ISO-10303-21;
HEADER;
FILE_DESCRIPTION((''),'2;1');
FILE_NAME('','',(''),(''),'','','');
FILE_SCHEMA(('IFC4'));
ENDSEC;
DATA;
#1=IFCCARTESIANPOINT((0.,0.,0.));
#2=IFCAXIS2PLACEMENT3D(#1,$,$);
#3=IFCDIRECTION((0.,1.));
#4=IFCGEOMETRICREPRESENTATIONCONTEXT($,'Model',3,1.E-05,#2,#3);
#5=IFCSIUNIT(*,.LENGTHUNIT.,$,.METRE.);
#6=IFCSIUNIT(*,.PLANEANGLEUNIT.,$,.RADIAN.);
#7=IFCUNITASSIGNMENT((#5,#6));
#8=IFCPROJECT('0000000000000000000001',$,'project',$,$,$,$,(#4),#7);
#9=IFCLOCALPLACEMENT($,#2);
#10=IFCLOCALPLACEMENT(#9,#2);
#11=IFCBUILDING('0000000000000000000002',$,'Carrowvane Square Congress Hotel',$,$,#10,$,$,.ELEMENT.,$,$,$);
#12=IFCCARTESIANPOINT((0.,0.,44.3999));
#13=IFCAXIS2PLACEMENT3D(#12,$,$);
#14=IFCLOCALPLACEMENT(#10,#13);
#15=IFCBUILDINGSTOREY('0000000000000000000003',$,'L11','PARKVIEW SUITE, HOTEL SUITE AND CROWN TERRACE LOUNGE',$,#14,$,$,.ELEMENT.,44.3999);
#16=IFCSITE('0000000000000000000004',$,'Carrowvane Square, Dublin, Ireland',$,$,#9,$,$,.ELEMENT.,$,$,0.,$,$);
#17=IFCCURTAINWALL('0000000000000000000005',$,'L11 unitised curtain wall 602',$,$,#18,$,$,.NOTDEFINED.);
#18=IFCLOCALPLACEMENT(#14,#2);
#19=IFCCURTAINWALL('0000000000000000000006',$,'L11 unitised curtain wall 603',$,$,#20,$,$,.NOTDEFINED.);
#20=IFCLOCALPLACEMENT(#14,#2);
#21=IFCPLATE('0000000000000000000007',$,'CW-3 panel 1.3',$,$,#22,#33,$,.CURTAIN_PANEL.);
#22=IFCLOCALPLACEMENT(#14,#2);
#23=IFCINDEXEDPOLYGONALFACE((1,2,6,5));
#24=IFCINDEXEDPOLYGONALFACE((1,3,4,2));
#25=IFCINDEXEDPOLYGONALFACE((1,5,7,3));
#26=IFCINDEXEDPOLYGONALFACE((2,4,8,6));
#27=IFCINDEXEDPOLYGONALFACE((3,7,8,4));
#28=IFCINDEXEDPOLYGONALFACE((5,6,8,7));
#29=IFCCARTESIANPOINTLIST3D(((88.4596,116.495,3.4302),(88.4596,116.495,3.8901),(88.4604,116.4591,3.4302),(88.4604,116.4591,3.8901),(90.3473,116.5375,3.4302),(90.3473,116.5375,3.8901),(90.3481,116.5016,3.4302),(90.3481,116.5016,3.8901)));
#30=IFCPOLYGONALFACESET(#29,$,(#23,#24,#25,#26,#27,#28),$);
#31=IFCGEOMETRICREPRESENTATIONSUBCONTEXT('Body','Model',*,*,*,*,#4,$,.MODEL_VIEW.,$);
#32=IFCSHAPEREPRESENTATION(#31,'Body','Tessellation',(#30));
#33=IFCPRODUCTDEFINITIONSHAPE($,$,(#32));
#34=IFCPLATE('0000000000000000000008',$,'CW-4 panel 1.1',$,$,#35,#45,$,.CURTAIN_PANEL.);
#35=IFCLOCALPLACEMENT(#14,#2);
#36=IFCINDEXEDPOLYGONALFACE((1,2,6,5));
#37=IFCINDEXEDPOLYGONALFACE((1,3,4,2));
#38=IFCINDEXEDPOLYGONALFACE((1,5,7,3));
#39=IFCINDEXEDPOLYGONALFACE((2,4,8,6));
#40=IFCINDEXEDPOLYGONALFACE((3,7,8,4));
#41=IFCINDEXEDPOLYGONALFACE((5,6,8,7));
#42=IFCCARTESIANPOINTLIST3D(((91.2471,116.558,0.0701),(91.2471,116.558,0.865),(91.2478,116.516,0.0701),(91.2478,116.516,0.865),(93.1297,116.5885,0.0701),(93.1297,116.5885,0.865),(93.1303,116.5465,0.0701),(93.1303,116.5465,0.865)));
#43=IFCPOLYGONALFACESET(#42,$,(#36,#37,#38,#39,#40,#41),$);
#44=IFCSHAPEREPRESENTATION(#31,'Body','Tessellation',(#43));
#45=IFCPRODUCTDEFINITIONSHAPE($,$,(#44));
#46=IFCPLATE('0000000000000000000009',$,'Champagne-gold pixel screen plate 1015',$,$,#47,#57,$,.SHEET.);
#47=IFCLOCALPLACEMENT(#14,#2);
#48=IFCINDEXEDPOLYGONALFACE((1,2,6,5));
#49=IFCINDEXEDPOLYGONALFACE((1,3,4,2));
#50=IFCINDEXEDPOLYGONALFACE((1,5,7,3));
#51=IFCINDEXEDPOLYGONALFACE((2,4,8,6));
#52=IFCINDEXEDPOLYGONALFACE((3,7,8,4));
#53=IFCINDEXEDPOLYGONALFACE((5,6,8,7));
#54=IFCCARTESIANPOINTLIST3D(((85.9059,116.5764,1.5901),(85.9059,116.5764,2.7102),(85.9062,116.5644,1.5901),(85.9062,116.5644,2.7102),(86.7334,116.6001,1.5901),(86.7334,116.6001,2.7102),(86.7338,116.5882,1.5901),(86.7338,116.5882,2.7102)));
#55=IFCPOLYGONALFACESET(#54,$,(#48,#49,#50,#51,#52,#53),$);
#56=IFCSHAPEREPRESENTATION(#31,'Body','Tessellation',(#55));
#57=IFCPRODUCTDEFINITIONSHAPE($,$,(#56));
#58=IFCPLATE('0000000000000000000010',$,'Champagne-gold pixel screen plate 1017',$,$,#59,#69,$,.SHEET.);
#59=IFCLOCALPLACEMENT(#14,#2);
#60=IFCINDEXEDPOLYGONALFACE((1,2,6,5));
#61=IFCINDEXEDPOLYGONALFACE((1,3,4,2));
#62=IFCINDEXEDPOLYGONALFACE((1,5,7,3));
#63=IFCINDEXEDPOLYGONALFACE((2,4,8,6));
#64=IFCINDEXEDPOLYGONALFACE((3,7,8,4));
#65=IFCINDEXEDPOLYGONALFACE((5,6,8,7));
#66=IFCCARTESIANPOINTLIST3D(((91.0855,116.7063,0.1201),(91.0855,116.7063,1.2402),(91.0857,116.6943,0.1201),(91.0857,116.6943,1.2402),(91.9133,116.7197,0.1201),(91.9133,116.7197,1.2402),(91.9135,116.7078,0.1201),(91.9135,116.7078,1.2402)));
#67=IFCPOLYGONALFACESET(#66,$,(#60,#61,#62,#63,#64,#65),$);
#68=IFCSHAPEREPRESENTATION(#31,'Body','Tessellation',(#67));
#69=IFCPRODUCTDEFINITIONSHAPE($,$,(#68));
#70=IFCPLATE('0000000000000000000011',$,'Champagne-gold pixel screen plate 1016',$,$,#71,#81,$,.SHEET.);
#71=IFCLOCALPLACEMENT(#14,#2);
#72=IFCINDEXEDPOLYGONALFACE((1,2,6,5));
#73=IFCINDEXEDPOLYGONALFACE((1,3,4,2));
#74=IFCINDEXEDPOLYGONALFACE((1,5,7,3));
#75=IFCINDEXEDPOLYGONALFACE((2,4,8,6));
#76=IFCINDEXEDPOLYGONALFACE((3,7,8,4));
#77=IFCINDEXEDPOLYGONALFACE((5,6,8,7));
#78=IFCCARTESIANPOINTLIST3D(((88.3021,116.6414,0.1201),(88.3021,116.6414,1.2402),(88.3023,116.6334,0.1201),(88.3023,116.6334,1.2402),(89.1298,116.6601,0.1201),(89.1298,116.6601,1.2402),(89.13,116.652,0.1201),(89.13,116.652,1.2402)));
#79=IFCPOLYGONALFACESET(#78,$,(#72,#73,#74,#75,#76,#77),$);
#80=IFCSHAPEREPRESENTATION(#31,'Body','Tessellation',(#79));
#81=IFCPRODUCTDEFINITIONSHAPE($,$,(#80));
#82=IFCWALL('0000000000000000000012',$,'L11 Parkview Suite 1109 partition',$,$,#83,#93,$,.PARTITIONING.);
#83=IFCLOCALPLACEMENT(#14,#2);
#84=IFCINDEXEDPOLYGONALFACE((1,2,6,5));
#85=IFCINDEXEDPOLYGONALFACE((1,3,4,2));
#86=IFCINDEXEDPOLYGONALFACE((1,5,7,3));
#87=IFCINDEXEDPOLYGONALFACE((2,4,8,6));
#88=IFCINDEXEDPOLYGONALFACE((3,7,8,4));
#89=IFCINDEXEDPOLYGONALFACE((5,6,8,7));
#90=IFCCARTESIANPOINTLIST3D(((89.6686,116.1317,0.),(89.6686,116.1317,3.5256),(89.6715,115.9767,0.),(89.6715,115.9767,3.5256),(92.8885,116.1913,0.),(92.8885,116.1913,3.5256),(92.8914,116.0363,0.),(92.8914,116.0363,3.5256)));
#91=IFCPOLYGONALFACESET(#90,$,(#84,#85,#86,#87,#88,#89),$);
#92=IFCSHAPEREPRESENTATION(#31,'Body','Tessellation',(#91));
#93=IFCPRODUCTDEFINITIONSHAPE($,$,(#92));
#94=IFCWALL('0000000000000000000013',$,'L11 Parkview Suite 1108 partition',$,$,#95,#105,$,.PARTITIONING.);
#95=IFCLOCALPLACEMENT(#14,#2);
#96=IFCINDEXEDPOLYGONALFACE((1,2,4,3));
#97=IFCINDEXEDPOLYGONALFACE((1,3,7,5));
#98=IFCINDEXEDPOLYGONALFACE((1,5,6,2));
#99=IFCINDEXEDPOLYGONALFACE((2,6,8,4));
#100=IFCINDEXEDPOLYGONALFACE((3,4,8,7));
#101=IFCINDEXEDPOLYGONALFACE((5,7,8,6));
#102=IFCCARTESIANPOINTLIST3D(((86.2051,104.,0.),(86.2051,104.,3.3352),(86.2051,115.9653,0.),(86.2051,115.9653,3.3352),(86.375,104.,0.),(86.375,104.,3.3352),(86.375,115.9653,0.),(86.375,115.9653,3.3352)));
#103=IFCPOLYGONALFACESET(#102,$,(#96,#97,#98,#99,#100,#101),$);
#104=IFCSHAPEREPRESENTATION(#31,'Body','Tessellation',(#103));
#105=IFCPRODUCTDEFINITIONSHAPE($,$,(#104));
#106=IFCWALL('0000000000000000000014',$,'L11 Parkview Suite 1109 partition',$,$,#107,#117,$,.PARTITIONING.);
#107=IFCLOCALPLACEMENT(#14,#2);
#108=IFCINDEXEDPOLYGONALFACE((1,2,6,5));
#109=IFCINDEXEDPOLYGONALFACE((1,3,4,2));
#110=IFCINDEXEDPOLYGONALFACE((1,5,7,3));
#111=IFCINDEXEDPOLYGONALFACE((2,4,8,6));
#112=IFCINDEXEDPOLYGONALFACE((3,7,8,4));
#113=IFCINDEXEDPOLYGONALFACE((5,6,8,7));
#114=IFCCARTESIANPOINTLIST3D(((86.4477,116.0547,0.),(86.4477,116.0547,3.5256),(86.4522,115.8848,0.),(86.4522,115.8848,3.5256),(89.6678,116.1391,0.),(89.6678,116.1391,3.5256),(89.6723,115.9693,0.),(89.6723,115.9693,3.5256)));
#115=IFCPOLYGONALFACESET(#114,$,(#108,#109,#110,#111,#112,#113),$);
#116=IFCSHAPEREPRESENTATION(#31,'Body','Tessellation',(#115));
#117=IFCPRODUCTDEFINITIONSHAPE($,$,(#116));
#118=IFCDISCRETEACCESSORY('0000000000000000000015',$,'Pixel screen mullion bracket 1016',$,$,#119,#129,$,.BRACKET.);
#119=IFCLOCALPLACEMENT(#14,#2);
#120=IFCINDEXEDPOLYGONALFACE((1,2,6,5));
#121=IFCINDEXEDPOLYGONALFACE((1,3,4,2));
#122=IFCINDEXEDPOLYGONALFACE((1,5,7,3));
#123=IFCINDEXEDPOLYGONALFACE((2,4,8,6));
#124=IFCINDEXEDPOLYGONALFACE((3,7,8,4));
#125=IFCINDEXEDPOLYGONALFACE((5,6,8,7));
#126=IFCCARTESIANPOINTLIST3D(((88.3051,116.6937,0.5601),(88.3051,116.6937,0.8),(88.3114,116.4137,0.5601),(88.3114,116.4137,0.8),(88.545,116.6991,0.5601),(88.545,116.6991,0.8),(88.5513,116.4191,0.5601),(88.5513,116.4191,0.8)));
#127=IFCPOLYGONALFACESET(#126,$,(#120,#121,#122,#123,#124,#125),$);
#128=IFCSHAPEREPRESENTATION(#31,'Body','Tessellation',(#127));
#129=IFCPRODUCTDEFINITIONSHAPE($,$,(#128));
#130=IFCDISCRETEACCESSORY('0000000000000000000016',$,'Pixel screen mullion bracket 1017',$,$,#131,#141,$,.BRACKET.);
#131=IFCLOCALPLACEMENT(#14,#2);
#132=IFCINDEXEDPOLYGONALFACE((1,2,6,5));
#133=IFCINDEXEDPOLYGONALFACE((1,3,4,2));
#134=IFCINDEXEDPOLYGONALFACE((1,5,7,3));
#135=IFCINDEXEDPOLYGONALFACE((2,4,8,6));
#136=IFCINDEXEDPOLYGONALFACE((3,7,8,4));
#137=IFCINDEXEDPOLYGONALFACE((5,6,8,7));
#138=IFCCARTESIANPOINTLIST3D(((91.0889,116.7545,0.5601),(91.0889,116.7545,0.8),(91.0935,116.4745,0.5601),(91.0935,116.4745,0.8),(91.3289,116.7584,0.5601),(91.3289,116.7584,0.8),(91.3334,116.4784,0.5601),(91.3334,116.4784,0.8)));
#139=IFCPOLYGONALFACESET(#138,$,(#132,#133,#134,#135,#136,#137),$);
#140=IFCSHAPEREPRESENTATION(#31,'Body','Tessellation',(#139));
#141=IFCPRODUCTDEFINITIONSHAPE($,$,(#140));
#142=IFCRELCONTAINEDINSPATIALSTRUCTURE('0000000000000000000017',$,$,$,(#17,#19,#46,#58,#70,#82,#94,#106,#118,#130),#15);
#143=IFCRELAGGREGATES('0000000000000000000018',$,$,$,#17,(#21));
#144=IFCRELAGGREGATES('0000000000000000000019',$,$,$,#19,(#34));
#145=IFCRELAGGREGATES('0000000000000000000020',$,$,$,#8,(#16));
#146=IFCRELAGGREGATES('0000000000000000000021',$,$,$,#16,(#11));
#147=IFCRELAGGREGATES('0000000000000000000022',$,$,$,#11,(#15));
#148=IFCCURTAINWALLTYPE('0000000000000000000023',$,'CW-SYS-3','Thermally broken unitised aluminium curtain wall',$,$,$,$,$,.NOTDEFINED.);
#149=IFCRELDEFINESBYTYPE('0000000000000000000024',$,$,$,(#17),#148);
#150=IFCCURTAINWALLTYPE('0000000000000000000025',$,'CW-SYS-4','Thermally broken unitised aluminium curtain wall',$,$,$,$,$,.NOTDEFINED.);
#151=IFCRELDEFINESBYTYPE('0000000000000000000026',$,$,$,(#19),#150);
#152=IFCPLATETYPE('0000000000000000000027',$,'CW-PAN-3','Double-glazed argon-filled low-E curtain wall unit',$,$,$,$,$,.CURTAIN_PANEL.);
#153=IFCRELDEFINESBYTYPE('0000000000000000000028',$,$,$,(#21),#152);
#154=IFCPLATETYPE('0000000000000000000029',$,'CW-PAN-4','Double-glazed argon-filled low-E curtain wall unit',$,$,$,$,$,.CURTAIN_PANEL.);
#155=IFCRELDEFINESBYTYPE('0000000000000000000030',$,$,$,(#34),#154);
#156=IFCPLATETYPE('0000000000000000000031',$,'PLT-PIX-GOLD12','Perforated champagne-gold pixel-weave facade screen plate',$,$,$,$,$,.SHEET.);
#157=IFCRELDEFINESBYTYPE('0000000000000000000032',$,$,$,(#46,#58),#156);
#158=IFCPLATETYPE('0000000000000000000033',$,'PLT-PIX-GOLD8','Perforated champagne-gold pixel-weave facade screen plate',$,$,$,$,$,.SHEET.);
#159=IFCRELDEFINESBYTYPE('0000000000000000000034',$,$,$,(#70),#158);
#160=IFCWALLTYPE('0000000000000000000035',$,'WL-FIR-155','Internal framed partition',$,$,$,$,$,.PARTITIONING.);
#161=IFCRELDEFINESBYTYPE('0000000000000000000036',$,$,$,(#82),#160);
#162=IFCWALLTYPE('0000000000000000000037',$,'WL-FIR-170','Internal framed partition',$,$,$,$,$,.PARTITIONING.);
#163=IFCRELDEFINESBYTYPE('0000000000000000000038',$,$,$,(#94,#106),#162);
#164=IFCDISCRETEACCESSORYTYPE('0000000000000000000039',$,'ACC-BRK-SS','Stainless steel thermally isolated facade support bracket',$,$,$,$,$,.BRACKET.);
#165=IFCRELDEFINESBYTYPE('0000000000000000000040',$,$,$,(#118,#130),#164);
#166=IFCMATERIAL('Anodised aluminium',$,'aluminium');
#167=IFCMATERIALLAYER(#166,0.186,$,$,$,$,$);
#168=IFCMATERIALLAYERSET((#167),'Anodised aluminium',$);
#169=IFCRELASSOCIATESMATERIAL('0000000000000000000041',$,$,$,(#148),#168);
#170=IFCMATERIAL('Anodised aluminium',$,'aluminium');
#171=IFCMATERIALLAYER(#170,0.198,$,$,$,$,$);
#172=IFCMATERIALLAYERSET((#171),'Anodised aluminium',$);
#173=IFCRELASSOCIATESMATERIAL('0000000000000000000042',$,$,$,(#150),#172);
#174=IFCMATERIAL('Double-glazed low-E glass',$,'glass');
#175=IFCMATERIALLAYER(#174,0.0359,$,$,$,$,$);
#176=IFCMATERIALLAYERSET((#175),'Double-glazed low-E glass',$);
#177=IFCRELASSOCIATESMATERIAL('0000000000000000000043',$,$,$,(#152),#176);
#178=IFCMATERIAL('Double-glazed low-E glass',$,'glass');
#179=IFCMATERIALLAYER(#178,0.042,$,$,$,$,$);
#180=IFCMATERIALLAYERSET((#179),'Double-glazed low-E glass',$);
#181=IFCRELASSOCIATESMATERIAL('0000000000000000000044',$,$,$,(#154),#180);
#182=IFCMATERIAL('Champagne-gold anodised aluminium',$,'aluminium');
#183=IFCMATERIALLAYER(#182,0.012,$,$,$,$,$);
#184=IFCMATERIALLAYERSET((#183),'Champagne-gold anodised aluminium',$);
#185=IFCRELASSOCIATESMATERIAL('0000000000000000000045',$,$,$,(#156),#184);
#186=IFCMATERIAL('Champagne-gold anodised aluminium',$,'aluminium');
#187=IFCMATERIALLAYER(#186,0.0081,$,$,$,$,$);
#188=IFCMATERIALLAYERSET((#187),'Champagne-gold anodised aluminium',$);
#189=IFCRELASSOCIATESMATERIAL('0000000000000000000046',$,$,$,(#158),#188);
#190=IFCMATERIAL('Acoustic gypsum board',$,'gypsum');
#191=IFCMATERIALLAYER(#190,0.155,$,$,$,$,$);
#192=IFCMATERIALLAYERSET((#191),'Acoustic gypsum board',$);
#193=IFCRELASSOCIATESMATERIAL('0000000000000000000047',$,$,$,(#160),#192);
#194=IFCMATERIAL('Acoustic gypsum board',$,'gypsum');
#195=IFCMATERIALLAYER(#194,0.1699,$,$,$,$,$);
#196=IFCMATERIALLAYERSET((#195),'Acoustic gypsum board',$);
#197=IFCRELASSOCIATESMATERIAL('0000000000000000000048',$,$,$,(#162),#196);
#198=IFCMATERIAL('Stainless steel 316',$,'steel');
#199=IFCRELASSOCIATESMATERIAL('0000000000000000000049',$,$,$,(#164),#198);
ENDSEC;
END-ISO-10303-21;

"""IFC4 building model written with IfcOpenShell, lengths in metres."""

from ifc_helpers import new_model, si_unit, direction, frame, frame_2d, origin, origin_2d, place, context, subcontext, project, spatial, rectangle, extrude, material, layer, layer_set, type_object, element, aggregate, save


model = new_model("IFC4")

# Units and contexts
model_context = context("Model", 3, precision=1e-05, world=origin(), true_north=direction((0.0, 1.0)))
body_context = subcontext(model_context, "Body", "Model", "MODEL_VIEW")
ifc_project = project(units=[si_unit("LENGTHUNIT", "METRE"), si_unit("PLANEANGLEUNIT", "RADIAN")], contexts=[model_context])

# Site, building, storey
site_placement = place(None, origin())
site = spatial("IfcSite", under=ifc_project, at=site_placement, Name="Carrowvane Square, Dublin, Ireland", CompositionType="ELEMENT", RefElevation=0.0)
building_placement = place(site_placement, origin())
building = spatial("IfcBuilding", under=site, at=building_placement, Name="Carrowvane Square Congress Hotel", CompositionType="ELEMENT")
storey_placement = place(building_placement, frame((0.0, 0.0, 44.3999)))
storey = spatial("IfcBuildingStorey", under=building, at=storey_placement, Name="L11", Description="PARKVIEW SUITE, HOTEL SUITE AND CROWN TERRACE LOUNGE", CompositionType="ELEMENT", Elevation=44.3999)

# Curtain wall
ifc_material_1 = material(Name="Anodised aluminium", Category="aluminium")
ifc_layer_1 = layer(ifc_material_1, 0.186)
ifc_layer_set_1 = layer_set([ifc_layer_1], Name="Anodised aluminium")
curtain_wall_type_1 = type_object("IfcCurtainWallType", Name="CW-SYS-3", Description="Thermally broken unitised aluminium curtain wall", PredefinedType="NOTDEFINED", material=ifc_layer_set_1)
curtain_wall_1_placement = place(storey_placement, origin())
curtain_wall_1 = element("IfcCurtainWall", 1, at=curtain_wall_1_placement, inside=storey, type_object=curtain_wall_type_1, Name="L11 unitised curtain wall 602", PredefinedType="NOTDEFINED")

# Curtain wall
ifc_material_2 = material(Name="Anodised aluminium", Category="aluminium")
ifc_layer_2 = layer(ifc_material_2, 0.198)
ifc_layer_set_2 = layer_set([ifc_layer_2], Name="Anodised aluminium")
curtain_wall_type_2 = type_object("IfcCurtainWallType", Name="CW-SYS-4", Description="Thermally broken unitised aluminium curtain wall", PredefinedType="NOTDEFINED", material=ifc_layer_set_2)
curtain_wall_2_placement = place(storey_placement, origin())
curtain_wall_2 = element("IfcCurtainWall", 2, at=curtain_wall_2_placement, inside=storey, type_object=curtain_wall_type_2, Name="L11 unitised curtain wall 603", PredefinedType="NOTDEFINED")

# Plates
ifc_material_3 = material(Name="Double-glazed low-E glass", Category="glass")
ifc_layer_3 = layer(ifc_material_3, 0.0359)
ifc_layer_set_3 = layer_set([ifc_layer_3], Name="Double-glazed low-E glass")
plate_type_1 = type_object("IfcPlateType", Name="CW-PAN-3", Description="Double-glazed argon-filled low-E curtain wall unit", PredefinedType="CURTAIN_PANEL", material=ifc_layer_set_3)
plate_1_placement = place(storey_placement, frame((89.4038, 116.4983, 3.4302), z_axis=(0.0, 0.0, 1.0), x_axis=(0.999746, 0.022518, 0.0)))
plate_1 = element("IfcPlate", 3, at=plate_1_placement, type_object=plate_type_1, Name="CW-3 panel 1.3", PredefinedType="CURTAIN_PANEL", context=body_context, shape_type="SweptSolid", body=[
    extrude(rectangle(XDim=1.8882, YDim=0.0359, at=origin_2d()), origin(), (0.0, 0.0, 1.0), 0.46),
])
aggregate(curtain_wall_1, [plate_1])
ifc_material_4 = material(Name="Double-glazed low-E glass", Category="glass")
ifc_layer_4 = layer(ifc_material_4, 0.042)
ifc_layer_set_4 = layer_set([ifc_layer_4], Name="Double-glazed low-E glass")
plate_type_2 = type_object("IfcPlateType", Name="CW-PAN-4", Description="Double-glazed argon-filled low-E curtain wall unit", PredefinedType="CURTAIN_PANEL", material=ifc_layer_set_4)
plate_2_placement = place(storey_placement, frame((92.1887, 116.5522, 0.0701), z_axis=(0.0, 0.0, 1.0), x_axis=(0.999869, 0.016216, 0.0)))
plate_2 = element("IfcPlate", 4, at=plate_2_placement, type_object=plate_type_2, Name="CW-4 panel 1.1", PredefinedType="CURTAIN_PANEL", context=body_context, shape_type="SweptSolid", body=[
    extrude(rectangle(XDim=1.8828, YDim=0.042, at=origin_2d()), origin(), (0.0, 0.0, 1.0), 0.7949),
])
aggregate(curtain_wall_2, [plate_2])

# Plates
ifc_material_5 = material(Name="Champagne-gold anodised aluminium", Category="aluminium")
ifc_layer_5 = layer(ifc_material_5, 0.012)
ifc_layer_set_5 = layer_set([ifc_layer_5], Name="Champagne-gold anodised aluminium")
plate_type_3 = type_object("IfcPlateType", Name="PLT-PIX-GOLD12", Description="Perforated champagne-gold pixel-weave facade screen plate", PredefinedType="SHEET", material=ifc_layer_set_5)
for number, where, z_axis, x_axis, name in (
    (5, (86.3198, 116.5823, 1.5901), (0.0, 0.0, 1.0), (0.99959, 0.028639, 0.0), "Champagne-gold pixel screen plate 1015"),
    (6, (91.4995, 116.707, 0.1201), (0.0, 0.0, 1.0), (0.999869, 0.016216, 0.0), "Champagne-gold pixel screen plate 1017"),
):
    element("IfcPlate", number, at=place(storey_placement, frame(where, z_axis=z_axis, x_axis=x_axis)), inside=storey, type_object=plate_type_3, Name=name, PredefinedType="SHEET", context=body_context, shape_type="SweptSolid", body=[
        extrude(rectangle(XDim=0.8279, YDim=0.012, at=origin_2d()), origin(), (0.0, 0.0, 1.0), 1.1201),
    ])
ifc_material_6 = material(Name="Champagne-gold anodised aluminium", Category="aluminium")
ifc_layer_6 = layer(ifc_material_6, 0.0081)
ifc_layer_set_6 = layer_set([ifc_layer_6], Name="Champagne-gold anodised aluminium")
plate_type_4 = type_object("IfcPlateType", Name="PLT-PIX-GOLD8", Description="Perforated champagne-gold pixel-weave facade screen plate", PredefinedType="SHEET", material=ifc_layer_set_6)
plate_3_placement = place(storey_placement, frame((88.7161, 116.6467, 0.1201), z_axis=(0.0, 0.0, 1.0), x_axis=(0.999746, 0.022519, 0.0)))
element("IfcPlate", 7, at=plate_3_placement, inside=storey, type_object=plate_type_4, Name="Champagne-gold pixel screen plate 1016", PredefinedType="SHEET", context=body_context, shape_type="SweptSolid", body=[
    extrude(rectangle(XDim=0.8279, YDim=0.0081, at=origin_2d()), origin(), (0.0, 0.0, 1.0), 1.1201),
])

# Walls
ifc_material_7 = material(Name="Acoustic gypsum board", Category="gypsum")
ifc_layer_7 = layer(ifc_material_7, 0.155)
ifc_layer_set_7 = layer_set([ifc_layer_7], Name="Acoustic gypsum board")
wall_type_1 = type_object("IfcWallType", Name="WL-FIR-155", Description="Internal framed partition", PredefinedType="PARTITIONING", material=ifc_layer_set_7)
wall_1_placement = place(storey_placement, frame((89.6699, 116.0542, 0.0), z_axis=(0.0, 0.0, 1.0), x_axis=(0.999829, 0.018497, 0.0)))
element("IfcWall", 8, at=wall_1_placement, inside=storey, type_object=wall_type_1, Name="L11 Parkview Suite 1109 partition", PredefinedType="PARTITIONING", context=body_context, shape_type="SweptSolid", body=[
    extrude(rectangle(XDim=3.2205, YDim=0.155, at=frame_2d((1.6104, 0.0))), origin(), (0.0, 0.0, 1.0), 3.5256),
])
ifc_material_8 = material(Name="Acoustic gypsum board", Category="gypsum")
ifc_layer_8 = layer(ifc_material_8, 0.1699)
ifc_layer_set_8 = layer_set([ifc_layer_8], Name="Acoustic gypsum board")
wall_type_2 = type_object("IfcWallType", Name="WL-FIR-170", Description="Internal framed partition", PredefinedType="PARTITIONING", material=ifc_layer_set_8)
wall_2_placement = place(storey_placement, frame((86.29, 115.9653, 0.0), z_axis=(0.0, 0.0, 1.0), x_axis=(0.0, -1.0, 0.0)))
element("IfcWall", 9, at=wall_2_placement, inside=storey, type_object=wall_type_2, Name="L11 Parkview Suite 1108 partition", PredefinedType="PARTITIONING", context=body_context, shape_type="SweptSolid", body=[
    extrude(rectangle(XDim=11.9653, YDim=0.1699, at=frame_2d((5.9827, 0.0))), origin(), (0.0, 0.0, 1.0), 3.3352),
])
wall_3_placement = place(storey_placement, frame((86.45, 115.9697, 0.0), z_axis=(0.0, 0.0, 1.0), x_axis=(0.999656, 0.026225, 0.0)))
element("IfcWall", 10, at=wall_3_placement, inside=storey, type_object=wall_type_2, Name="L11 Parkview Suite 1109 partition", PredefinedType="PARTITIONING", context=body_context, shape_type="SweptSolid", body=[
    extrude(rectangle(XDim=3.2212, YDim=0.1699, at=frame_2d((1.6106, 0.0))), origin(), (0.0, 0.0, 1.0), 3.5256),
])

# Discrete accessories
ifc_material_9 = material(Name="Stainless steel 316", Category="steel")
discrete_accessory_type = type_object("IfcDiscreteAccessoryType", Name="ACC-BRK-SS", Description="Stainless steel thermally isolated facade support bracket", PredefinedType="BRACKET", material=ifc_material_9)
for number, where, z_axis, x_axis, name in (
    (11, (88.4282, 116.5564, 0.5601), (0.0, 0.0, 1.0), (0.999746, 0.022519, 0.0), "Pixel screen mullion bracket 1016"),
    (12, (91.2112, 116.6165, 0.5601), (0.0, 0.0, 1.0), (0.999869, 0.016216, 0.0), "Pixel screen mullion bracket 1017"),
):
    element("IfcDiscreteAccessory", number, at=place(storey_placement, frame(where, z_axis=z_axis, x_axis=x_axis)), inside=storey, type_object=discrete_accessory_type, Name=name, PredefinedType="BRACKET", context=body_context, shape_type="SweptSolid", body=[
        extrude(rectangle(XDim=0.24, YDim=0.28, at=origin_2d()), origin(), (0.0, 0.0, 1.0), 0.24),
    ])

save(model, "model.ifc")
